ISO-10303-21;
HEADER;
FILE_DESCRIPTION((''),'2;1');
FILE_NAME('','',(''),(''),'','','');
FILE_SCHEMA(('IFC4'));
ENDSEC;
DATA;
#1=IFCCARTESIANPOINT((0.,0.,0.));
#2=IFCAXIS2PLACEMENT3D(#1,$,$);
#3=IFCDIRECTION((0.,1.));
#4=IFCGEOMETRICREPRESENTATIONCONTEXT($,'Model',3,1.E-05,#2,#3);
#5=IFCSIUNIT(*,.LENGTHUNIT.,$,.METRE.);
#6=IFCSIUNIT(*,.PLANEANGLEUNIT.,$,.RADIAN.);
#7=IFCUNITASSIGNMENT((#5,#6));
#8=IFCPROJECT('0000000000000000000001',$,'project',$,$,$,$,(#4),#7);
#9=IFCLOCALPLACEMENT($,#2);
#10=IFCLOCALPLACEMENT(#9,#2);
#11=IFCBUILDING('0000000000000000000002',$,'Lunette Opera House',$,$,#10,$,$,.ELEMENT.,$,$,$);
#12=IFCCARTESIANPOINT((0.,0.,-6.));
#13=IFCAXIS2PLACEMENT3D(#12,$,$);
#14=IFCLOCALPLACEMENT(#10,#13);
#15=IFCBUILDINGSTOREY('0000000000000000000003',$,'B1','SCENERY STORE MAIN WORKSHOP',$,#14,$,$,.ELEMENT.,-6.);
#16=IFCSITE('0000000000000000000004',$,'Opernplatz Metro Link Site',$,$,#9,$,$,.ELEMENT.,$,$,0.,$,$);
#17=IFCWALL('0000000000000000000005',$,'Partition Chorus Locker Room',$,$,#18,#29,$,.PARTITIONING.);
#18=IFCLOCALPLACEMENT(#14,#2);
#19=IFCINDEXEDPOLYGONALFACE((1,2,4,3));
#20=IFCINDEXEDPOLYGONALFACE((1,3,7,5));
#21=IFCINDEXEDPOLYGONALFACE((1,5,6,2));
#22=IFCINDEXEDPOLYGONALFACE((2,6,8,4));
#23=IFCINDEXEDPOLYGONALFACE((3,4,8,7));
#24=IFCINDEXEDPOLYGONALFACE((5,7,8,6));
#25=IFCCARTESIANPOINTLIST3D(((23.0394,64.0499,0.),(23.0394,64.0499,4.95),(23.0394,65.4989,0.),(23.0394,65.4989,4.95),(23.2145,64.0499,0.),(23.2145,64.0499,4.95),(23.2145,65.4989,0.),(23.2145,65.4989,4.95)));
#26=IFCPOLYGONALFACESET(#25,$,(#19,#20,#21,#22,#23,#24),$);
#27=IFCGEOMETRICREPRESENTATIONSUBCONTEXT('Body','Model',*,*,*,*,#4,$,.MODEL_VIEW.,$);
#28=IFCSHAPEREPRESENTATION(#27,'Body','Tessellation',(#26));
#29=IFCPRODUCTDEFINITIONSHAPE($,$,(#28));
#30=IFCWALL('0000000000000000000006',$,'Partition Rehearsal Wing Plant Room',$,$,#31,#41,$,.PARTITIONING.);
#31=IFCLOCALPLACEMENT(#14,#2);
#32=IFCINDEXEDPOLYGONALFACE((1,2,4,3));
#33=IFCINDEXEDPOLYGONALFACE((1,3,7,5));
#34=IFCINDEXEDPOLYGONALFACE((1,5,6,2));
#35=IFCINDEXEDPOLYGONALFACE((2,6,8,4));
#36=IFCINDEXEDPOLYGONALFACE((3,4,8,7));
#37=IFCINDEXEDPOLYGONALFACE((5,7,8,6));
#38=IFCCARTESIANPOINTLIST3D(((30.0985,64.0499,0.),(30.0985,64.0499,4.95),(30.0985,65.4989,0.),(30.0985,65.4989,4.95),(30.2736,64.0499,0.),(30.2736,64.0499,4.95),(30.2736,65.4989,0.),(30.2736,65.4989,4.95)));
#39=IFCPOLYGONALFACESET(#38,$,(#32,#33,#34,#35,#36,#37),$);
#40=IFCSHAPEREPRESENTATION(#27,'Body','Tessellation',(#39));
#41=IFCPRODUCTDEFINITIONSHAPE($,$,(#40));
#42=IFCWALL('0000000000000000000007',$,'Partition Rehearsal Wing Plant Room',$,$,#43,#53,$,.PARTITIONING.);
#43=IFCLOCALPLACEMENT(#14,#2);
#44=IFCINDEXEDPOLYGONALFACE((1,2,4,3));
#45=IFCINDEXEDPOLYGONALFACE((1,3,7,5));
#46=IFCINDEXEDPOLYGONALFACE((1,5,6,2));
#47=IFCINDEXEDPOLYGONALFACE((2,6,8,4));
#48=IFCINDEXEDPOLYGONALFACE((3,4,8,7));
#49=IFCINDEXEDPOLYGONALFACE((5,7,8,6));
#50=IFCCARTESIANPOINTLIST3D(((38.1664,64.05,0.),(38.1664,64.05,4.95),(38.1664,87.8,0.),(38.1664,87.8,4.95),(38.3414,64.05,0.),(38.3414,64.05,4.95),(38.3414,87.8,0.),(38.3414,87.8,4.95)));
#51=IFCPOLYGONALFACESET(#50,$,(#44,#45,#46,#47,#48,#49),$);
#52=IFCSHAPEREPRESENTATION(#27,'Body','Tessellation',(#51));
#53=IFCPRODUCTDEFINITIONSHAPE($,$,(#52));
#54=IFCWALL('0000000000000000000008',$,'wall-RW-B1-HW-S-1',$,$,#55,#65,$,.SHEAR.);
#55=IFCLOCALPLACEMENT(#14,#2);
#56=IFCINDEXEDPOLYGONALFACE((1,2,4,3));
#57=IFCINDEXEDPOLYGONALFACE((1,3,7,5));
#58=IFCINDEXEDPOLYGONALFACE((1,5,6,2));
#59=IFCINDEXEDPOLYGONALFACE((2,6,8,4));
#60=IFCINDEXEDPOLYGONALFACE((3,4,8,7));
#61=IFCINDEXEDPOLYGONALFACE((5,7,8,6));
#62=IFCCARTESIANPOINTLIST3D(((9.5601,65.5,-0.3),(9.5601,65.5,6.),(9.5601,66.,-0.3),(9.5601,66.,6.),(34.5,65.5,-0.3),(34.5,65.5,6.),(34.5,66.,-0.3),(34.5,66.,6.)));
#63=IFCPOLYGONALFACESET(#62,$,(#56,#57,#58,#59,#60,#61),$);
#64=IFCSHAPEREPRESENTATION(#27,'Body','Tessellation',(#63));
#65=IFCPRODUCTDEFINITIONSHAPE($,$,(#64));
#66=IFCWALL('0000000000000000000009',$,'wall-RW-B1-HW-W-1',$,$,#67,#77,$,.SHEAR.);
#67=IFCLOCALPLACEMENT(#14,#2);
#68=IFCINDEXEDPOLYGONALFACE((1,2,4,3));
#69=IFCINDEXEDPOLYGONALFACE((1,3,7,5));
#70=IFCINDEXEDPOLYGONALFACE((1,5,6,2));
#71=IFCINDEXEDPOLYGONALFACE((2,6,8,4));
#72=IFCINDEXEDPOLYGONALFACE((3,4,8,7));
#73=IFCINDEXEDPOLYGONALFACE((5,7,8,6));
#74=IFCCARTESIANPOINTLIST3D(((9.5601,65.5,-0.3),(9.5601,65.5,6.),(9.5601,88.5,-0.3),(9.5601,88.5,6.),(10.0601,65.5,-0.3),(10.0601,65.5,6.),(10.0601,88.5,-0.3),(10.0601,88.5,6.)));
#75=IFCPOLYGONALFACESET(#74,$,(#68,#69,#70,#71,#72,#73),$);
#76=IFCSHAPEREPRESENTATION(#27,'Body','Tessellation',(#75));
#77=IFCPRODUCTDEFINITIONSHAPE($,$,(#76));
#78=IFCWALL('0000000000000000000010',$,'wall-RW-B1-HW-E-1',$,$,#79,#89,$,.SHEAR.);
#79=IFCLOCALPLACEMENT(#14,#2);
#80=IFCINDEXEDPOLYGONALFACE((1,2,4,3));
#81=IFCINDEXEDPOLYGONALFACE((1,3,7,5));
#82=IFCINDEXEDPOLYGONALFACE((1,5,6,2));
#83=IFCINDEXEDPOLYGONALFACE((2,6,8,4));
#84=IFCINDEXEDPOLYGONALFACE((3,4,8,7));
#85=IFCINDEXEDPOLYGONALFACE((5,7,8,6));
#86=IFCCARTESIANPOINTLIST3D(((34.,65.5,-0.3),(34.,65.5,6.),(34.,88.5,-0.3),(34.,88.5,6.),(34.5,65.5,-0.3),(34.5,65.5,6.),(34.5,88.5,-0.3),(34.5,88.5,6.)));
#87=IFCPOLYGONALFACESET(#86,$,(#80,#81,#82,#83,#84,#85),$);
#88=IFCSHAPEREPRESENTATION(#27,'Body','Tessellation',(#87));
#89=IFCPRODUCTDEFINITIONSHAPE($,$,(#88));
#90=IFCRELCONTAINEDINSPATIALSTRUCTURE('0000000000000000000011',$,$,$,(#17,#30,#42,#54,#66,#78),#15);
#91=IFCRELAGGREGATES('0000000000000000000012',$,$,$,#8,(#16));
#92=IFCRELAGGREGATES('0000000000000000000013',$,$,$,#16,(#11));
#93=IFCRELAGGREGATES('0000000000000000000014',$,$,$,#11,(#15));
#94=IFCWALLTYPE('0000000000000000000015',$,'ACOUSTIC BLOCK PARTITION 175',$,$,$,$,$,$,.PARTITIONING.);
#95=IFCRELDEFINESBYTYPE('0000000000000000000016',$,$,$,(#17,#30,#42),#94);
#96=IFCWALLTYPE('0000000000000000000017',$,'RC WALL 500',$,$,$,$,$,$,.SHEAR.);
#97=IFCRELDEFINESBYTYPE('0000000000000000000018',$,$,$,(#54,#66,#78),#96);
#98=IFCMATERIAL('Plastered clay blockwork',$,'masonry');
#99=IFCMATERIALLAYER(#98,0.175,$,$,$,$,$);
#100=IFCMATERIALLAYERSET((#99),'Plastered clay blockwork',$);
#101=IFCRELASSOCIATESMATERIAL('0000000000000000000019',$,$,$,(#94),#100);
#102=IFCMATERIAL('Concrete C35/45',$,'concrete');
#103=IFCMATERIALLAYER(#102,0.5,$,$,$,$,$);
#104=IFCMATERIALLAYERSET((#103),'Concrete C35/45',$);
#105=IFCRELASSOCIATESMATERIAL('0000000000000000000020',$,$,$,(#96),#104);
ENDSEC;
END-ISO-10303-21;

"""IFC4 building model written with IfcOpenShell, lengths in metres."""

from ifc_helpers import new_model, si_unit, direction, frame, frame_2d, origin, place, context, subcontext, project, spatial, rectangle, extrude, material, layer, layer_set, type_object, element, save


model = new_model("IFC4")

# Units and contexts
model_context = context("Model", 3, precision=1e-05, world=origin(), true_north=direction((0.0, 1.0)))
body_context = subcontext(model_context, "Body", "Model", "MODEL_VIEW")
ifc_project = project(units=[si_unit("LENGTHUNIT", "METRE"), si_unit("PLANEANGLEUNIT", "RADIAN")], contexts=[model_context])

# Site, building, storey
site_placement = place(None, origin())
site = spatial("IfcSite", under=ifc_project, at=site_placement, Name="Opernplatz Metro Link Site", CompositionType="ELEMENT", RefElevation=0.0)
building_placement = place(site_placement, origin())
building = spatial("IfcBuilding", under=site, at=building_placement, Name="Lunette Opera House", CompositionType="ELEMENT")
storey_placement = place(building_placement, frame((0.0, 0.0, -6.0)))
storey = spatial("IfcBuildingStorey", under=building, at=storey_placement, Name="B1", Description="SCENERY STORE MAIN WORKSHOP", CompositionType="ELEMENT", Elevation=-6.0)

# Walls
ifc_material_1 = material(Name="Plastered clay blockwork", Category="masonry")
ifc_layer_1 = layer(ifc_material_1, 0.175)
ifc_layer_set_1 = layer_set([ifc_layer_1], Name="Plastered clay blockwork")
wall_type_1 = type_object("IfcWallType", Name="ACOUSTIC BLOCK PARTITION 175", PredefinedType="PARTITIONING", material=ifc_layer_set_1)
for number, where, z_axis, x_axis, name in (
    (1, (23.127, 65.499, 0.0), (0.0, 0.0, 1.0), (0.0, -1.0, 0.0), "Partition Chorus Locker Room"),
    (2, (30.186, 65.499, 0.0), (0.0, 0.0, 1.0), (0.0, -1.0, 0.0), "Partition Rehearsal Wing Plant Room"),
):
    element("IfcWall", number, at=place(storey_placement, frame(where, z_axis=z_axis, x_axis=x_axis)), inside=storey, type_object=wall_type_1, Name=name, PredefinedType="PARTITIONING", context=body_context, shape_type="SweptSolid", body=[
        extrude(rectangle(XDim=1.449, YDim=0.175, at=frame_2d((0.7246, 0.0))), origin(), (0.0, 0.0, 1.0), 4.95),
    ])
wall_1_placement = place(storey_placement, frame((38.2539, 64.05, 0.0), z_axis=(0.0, 0.0, 1.0), x_axis=(0.0, 1.0, 0.0)))
element("IfcWall", 3, at=wall_1_placement, inside=storey, type_object=wall_type_1, Name="Partition Rehearsal Wing Plant Room", PredefinedType="PARTITIONING", context=body_context, shape_type="SweptSolid", body=[
    extrude(rectangle(XDim=23.75, YDim=0.175, at=frame_2d((11.875, 0.0))), origin(), (0.0, 0.0, 1.0), 4.95),
])
ifc_material_2 = material(Name="Concrete C35/45", Category="concrete")
ifc_layer_2 = layer(ifc_material_2, 0.5)
ifc_layer_set_2 = layer_set([ifc_layer_2], Name="Concrete C35/45")
wall_type_2 = type_object("IfcWallType", Name="RC WALL 500", PredefinedType="SHEAR", material=ifc_layer_set_2)
wall_2_placement = place(storey_placement, frame((9.5601, 65.75, -0.3), z_axis=(0.0, 0.0, 1.0), x_axis=(1.0, 0.0, 0.0)))
element("IfcWall", 4, at=wall_2_placement, inside=storey, type_object=wall_type_2, Name="wall-RW-B1-HW-S-1", PredefinedType="SHEAR", context=body_context, shape_type="SweptSolid", body=[
    extrude(rectangle(XDim=24.9399, YDim=0.5, at=frame_2d((12.47, 0.0))), origin(), (0.0, 0.0, 1.0), 6.3),
])
for number, where, z_axis, x_axis, name in (
    (5, (9.8101, 65.5, -0.3), (0.0, 0.0, 1.0), (0.0, 1.0, 0.0), "wall-RW-B1-HW-W-1"),
    (6, (34.25, 65.5, -0.3), (0.0, 0.0, 1.0), (0.0, 1.0, 0.0), "wall-RW-B1-HW-E-1"),
):
    element("IfcWall", number, at=place(storey_placement, frame(where, z_axis=z_axis, x_axis=x_axis)), inside=storey, type_object=wall_type_2, Name=name, PredefinedType="SHEAR", context=body_context, shape_type="SweptSolid", body=[
        extrude(rectangle(XDim=23.0, YDim=0.5, at=frame_2d((11.5, 0.0))), origin(), (0.0, 0.0, 1.0), 6.3),
    ])

save(model, "model.ifc")
